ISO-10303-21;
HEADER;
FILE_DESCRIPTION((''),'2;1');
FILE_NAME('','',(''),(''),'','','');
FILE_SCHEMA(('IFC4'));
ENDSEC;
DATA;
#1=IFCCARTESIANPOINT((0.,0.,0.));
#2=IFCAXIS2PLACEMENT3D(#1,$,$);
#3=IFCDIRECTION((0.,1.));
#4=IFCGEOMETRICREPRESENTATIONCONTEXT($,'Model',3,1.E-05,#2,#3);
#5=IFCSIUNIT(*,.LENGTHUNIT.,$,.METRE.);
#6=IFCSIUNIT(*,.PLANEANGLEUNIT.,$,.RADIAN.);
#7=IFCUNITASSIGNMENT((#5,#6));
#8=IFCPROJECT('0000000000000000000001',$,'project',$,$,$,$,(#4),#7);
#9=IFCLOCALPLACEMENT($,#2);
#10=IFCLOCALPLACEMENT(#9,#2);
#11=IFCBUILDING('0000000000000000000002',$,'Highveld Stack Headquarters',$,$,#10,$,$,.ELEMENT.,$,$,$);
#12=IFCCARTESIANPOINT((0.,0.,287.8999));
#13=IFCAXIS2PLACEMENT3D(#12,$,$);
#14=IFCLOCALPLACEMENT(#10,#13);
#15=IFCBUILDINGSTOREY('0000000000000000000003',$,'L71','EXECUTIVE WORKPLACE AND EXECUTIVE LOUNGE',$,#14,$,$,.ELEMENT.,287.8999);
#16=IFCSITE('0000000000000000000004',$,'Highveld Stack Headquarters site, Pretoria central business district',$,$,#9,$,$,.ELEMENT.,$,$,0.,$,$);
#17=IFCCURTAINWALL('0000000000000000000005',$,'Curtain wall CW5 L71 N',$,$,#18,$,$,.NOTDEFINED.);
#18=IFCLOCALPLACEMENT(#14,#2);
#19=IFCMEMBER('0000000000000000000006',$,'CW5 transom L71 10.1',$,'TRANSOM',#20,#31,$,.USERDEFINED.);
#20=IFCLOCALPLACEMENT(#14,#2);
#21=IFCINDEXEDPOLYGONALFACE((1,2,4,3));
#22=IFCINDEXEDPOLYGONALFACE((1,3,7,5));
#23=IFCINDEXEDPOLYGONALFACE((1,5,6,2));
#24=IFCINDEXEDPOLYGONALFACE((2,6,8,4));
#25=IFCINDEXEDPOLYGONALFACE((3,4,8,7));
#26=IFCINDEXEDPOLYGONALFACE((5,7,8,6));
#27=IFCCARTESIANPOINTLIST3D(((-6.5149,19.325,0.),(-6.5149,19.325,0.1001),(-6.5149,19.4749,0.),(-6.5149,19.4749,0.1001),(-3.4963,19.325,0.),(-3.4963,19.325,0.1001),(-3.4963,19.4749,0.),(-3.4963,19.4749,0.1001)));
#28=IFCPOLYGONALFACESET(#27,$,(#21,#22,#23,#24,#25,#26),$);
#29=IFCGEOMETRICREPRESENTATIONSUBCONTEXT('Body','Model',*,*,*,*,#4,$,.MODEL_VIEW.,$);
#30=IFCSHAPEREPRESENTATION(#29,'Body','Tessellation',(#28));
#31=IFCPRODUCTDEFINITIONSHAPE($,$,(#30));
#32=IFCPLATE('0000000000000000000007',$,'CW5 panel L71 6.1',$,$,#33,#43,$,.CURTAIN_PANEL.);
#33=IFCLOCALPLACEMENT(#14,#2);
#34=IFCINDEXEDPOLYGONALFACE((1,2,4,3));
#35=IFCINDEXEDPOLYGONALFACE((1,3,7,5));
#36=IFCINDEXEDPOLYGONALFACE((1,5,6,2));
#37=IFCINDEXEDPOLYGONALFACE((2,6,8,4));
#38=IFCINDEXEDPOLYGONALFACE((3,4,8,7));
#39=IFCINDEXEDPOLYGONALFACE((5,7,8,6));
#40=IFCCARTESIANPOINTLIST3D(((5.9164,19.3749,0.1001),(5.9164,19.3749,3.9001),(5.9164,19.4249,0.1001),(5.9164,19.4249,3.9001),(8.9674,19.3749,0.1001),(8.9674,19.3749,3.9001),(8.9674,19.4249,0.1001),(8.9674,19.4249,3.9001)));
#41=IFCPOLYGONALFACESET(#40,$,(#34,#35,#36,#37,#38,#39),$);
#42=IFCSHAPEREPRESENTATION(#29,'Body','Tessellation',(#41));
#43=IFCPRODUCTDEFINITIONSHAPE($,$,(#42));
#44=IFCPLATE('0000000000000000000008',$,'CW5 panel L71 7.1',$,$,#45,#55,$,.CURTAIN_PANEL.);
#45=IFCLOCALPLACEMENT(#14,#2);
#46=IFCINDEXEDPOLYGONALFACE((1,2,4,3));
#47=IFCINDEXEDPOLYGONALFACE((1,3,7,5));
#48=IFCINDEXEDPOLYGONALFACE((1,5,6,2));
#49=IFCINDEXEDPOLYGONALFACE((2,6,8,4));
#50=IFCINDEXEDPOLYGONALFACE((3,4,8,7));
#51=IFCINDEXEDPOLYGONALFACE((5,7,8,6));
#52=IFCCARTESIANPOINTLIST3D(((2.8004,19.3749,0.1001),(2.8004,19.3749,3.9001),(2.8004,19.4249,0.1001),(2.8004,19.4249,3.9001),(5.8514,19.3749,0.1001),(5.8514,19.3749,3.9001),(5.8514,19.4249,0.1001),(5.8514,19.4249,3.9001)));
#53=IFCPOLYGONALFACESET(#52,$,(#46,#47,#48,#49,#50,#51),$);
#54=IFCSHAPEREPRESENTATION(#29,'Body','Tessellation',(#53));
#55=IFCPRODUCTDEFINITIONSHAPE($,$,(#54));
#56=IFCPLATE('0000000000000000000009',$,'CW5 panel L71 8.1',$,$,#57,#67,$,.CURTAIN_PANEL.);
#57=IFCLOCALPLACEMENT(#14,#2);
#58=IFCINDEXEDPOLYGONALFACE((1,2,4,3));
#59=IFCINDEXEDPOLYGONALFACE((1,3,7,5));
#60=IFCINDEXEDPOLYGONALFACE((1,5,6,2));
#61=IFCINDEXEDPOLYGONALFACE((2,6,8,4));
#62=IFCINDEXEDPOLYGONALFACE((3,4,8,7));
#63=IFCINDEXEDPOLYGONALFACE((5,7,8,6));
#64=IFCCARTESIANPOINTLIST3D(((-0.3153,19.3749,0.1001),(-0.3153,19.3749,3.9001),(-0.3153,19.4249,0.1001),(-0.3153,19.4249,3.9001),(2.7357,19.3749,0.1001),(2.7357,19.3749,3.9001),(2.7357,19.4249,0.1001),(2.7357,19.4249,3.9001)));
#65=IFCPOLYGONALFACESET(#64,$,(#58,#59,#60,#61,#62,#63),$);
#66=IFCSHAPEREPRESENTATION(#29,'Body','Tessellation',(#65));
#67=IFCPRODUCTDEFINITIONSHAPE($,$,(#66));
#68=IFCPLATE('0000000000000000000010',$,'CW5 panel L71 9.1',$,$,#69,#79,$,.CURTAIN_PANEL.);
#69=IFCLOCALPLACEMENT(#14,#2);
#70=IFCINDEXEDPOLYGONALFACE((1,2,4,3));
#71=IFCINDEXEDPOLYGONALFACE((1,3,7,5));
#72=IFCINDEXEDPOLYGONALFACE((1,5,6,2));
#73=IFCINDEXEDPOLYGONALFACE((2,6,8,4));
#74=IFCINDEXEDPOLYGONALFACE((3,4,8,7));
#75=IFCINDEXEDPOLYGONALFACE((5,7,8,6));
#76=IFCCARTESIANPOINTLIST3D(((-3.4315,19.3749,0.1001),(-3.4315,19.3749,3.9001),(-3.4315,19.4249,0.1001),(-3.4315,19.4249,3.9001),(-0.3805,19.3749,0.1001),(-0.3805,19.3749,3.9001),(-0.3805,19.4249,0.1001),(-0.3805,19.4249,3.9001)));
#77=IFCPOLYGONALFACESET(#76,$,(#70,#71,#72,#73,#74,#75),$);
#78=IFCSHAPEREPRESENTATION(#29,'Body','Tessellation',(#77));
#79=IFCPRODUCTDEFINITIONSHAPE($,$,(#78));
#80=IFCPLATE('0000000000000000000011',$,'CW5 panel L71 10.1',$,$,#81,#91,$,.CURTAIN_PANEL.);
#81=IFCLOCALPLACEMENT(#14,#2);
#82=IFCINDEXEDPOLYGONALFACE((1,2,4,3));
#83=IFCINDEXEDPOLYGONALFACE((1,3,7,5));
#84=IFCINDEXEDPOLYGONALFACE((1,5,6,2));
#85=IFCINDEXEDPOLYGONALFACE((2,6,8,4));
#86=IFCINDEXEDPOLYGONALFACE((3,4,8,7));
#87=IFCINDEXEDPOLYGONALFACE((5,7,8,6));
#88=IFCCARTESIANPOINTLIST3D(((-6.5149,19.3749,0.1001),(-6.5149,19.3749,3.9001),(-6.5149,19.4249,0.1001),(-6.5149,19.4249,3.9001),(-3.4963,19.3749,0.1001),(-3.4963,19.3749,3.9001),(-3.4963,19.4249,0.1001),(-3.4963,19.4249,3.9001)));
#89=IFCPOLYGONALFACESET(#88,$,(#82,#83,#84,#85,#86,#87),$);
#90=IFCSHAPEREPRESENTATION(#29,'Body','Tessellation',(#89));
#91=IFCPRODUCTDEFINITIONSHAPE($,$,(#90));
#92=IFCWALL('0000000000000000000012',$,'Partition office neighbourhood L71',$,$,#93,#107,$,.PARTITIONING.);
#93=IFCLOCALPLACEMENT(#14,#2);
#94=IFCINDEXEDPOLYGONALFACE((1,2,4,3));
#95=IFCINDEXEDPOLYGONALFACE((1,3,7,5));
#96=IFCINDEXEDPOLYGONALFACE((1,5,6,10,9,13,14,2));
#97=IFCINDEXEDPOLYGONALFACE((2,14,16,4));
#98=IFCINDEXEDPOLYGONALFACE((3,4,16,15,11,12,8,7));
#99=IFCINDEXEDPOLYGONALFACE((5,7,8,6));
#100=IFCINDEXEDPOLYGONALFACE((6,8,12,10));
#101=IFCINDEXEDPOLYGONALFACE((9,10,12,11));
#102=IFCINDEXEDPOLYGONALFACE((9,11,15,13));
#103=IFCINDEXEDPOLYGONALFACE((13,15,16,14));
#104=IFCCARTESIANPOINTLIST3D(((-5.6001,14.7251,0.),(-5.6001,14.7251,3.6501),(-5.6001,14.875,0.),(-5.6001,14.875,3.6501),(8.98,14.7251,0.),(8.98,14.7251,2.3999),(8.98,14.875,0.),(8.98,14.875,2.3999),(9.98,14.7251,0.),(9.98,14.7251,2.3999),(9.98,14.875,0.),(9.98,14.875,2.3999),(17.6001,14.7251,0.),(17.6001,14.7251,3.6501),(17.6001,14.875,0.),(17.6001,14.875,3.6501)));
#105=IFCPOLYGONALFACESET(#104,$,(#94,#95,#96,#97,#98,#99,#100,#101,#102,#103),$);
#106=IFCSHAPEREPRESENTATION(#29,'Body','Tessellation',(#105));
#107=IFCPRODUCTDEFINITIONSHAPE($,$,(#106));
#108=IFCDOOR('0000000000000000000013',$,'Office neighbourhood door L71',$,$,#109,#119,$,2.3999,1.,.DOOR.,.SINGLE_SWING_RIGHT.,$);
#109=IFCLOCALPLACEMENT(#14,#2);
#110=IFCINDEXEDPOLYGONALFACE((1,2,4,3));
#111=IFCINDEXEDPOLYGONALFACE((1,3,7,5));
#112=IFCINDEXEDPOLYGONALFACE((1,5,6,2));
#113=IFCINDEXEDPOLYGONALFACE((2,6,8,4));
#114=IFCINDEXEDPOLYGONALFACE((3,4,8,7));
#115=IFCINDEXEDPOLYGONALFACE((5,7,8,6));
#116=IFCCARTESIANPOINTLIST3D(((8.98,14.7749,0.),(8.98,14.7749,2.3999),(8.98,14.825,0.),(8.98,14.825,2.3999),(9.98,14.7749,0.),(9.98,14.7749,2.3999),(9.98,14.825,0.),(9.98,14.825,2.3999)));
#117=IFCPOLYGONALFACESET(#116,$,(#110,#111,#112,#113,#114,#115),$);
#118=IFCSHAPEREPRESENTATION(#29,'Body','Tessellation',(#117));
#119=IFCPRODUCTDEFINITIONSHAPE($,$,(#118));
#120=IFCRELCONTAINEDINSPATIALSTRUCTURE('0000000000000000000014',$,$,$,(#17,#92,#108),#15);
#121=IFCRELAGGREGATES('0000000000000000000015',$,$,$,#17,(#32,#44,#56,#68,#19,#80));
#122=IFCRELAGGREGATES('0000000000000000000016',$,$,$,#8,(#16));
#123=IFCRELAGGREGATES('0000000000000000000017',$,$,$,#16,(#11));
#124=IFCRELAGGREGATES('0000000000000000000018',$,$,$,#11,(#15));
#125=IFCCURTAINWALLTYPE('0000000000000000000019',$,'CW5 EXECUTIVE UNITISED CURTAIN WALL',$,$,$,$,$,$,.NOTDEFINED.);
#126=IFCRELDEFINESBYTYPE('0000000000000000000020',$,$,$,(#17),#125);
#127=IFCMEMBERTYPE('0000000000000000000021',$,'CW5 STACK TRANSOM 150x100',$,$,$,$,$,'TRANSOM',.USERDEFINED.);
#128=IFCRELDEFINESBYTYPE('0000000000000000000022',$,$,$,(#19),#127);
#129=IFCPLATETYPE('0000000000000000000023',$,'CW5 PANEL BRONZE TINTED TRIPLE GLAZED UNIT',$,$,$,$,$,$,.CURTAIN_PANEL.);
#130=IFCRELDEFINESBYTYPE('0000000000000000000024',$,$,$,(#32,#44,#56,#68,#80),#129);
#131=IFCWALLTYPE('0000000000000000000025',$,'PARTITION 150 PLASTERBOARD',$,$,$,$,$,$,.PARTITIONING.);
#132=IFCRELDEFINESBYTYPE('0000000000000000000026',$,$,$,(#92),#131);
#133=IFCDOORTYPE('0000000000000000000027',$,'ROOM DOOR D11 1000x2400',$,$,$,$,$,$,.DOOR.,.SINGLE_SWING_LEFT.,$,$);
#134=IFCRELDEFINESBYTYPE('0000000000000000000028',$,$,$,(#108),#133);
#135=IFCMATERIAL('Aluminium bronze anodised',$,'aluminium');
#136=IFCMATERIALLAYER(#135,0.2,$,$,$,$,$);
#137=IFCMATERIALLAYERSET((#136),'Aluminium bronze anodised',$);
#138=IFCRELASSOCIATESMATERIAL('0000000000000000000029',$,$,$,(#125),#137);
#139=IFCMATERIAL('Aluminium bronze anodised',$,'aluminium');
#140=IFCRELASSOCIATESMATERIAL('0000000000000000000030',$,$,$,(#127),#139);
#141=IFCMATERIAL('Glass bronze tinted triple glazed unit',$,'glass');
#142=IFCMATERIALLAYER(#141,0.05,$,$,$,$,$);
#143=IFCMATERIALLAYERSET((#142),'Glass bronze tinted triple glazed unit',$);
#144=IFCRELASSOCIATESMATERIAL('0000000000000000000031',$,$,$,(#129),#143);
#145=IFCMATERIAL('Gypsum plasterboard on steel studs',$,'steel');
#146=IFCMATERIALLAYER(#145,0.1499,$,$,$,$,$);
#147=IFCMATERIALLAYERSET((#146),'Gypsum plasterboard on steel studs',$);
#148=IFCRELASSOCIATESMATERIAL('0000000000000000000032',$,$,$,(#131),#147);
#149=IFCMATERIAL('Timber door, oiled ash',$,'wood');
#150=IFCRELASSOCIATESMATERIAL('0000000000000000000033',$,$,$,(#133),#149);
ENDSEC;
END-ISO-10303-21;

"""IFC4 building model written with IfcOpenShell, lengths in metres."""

from ifc_helpers import new_model, si_unit, direction, frame, frame_2d, origin, origin_2d, place, context, subcontext, project, spatial, rectangle, extrude, material, layer, layer_set, material_profile, profile_set, type_object, element, fill, aggregate, save


model = new_model("IFC4")

# Units and contexts
model_context = context("Model", 3, precision=1e-05, world=origin(), true_north=direction((0.0, 1.0)))
body_context = subcontext(model_context, "Body", "Model", "MODEL_VIEW")
ifc_project = project(units=[si_unit("LENGTHUNIT", "METRE"), si_unit("PLANEANGLEUNIT", "RADIAN")], contexts=[model_context])

# Site, building, storey
site_placement = place(None, origin())
site = spatial("IfcSite", under=ifc_project, at=site_placement, Name="Highveld Stack Headquarters site, Pretoria central business district", CompositionType="ELEMENT", RefElevation=0.0)
building_placement = place(site_placement, origin())
building = spatial("IfcBuilding", under=site, at=building_placement, Name="Highveld Stack Headquarters", CompositionType="ELEMENT")
storey_placement = place(building_placement, frame((0.0, 0.0, 287.8999)))
storey = spatial("IfcBuildingStorey", under=building, at=storey_placement, Name="L71", Description="EXECUTIVE WORKPLACE AND EXECUTIVE LOUNGE", CompositionType="ELEMENT", Elevation=287.8999)

# Curtain wall, member, plates
ifc_material_1 = material(Name="Aluminium bronze anodised", Category="aluminium")
ifc_layer_1 = layer(ifc_material_1, 0.2)
ifc_layer_set_1 = layer_set([ifc_layer_1], Name="Aluminium bronze anodised")
curtain_wall_type = type_object("IfcCurtainWallType", Name="CW5 EXECUTIVE UNITISED CURTAIN WALL", PredefinedType="NOTDEFINED", material=ifc_layer_set_1)
curtain_wall_placement = place(storey_placement, origin())
curtain_wall = element("IfcCurtainWall", 1, at=curtain_wall_placement, inside=storey, type_object=curtain_wall_type, Name="Curtain wall CW5 L71 N", PredefinedType="NOTDEFINED")
ifc_material_2 = material(Name="Aluminium bronze anodised", Category="aluminium")
ifc_material_profile_1 = material_profile(ifc_material_2, rectangle(XDim=0.1499, YDim=0.1001, at=origin_2d()), Name="CW5 TRANSOM 150x100")
ifc_profile_set_1 = profile_set([ifc_material_profile_1], Name="Aluminium bronze anodised")
member_type_1 = type_object("IfcMemberType", Name="CW5 STACK TRANSOM 150x100", ElementType="TRANSOM", PredefinedType="USERDEFINED", material=ifc_profile_set_1)
member_1_placement = place(storey_placement, frame((-3.4963, 19.3999, 0.05), z_axis=(-1.0, 0.0, 0.0), x_axis=(0.0, -1.0, 0.0)))
member_1 = element("IfcMember", 2, at=member_1_placement, type_object=member_type_1, Name="CW5 transom L71 10.1", ObjectType="TRANSOM", PredefinedType="USERDEFINED", context=body_context, shape_type="SweptSolid", body=[
    extrude(rectangle(XDim=0.1499, YDim=0.1001, at=origin_2d()), origin(), (0.0, 0.0, 1.0), 3.0186),
])
ifc_material_3 = material(Name="Glass bronze tinted triple glazed unit", Category="glass")
ifc_layer_2 = layer(ifc_material_3, 0.05)
ifc_layer_set_2 = layer_set([ifc_layer_2], Name="Glass bronze tinted triple glazed unit")
plate_type = type_object("IfcPlateType", Name="CW5 PANEL BRONZE TINTED TRIPLE GLAZED UNIT", PredefinedType="CURTAIN_PANEL", material=ifc_layer_set_2)
plate_1_placement = place(storey_placement, frame((7.4419, 19.3999, 0.1001), z_axis=(0.0, 0.0, 1.0), x_axis=(-1.0, 0.0, 0.0)))
plate_1 = element("IfcPlate", 3, at=plate_1_placement, type_object=plate_type, Name="CW5 panel L71 6.1", PredefinedType="CURTAIN_PANEL", context=body_context, shape_type="SweptSolid", body=[
    extrude(rectangle(XDim=3.051, YDim=0.05, at=origin_2d()), origin(), (0.0, 0.0, 1.0), 3.8),
])
plate_2_placement = place(storey_placement, frame((4.3259, 19.3999, 0.1001), z_axis=(0.0, 0.0, 1.0), x_axis=(-1.0, 0.0, 0.0)))
plate_2 = element("IfcPlate", 4, at=plate_2_placement, type_object=plate_type, Name="CW5 panel L71 7.1", PredefinedType="CURTAIN_PANEL", context=body_context, shape_type="SweptSolid", body=[
    extrude(rectangle(XDim=3.051, YDim=0.05, at=origin_2d()), origin(), (0.0, 0.0, 1.0), 3.8),
])
plate_3_placement = place(storey_placement, frame((1.2102, 19.3999, 0.1001), z_axis=(0.0, 0.0, 1.0), x_axis=(-1.0, 0.0, 0.0)))
plate_3 = element("IfcPlate", 5, at=plate_3_placement, type_object=plate_type, Name="CW5 panel L71 8.1", PredefinedType="CURTAIN_PANEL", context=body_context, shape_type="SweptSolid", body=[
    extrude(rectangle(XDim=3.051, YDim=0.05, at=origin_2d()), origin(), (0.0, 0.0, 1.0), 3.8),
])
plate_4_placement = place(storey_placement, frame((-1.906, 19.3999, 0.1001), z_axis=(0.0, 0.0, 1.0), x_axis=(-1.0, 0.0, 0.0)))
plate_4 = element("IfcPlate", 6, at=plate_4_placement, type_object=plate_type, Name="CW5 panel L71 9.1", PredefinedType="CURTAIN_PANEL", context=body_context, shape_type="SweptSolid", body=[
    extrude(rectangle(XDim=3.051, YDim=0.05, at=origin_2d()), origin(), (0.0, 0.0, 1.0), 3.8),
])
plate_5_placement = place(storey_placement, frame((-5.0056, 19.3999, 0.1001), z_axis=(0.0, 0.0, 1.0), x_axis=(-1.0, 0.0, 0.0)))
plate_5 = element("IfcPlate", 7, at=plate_5_placement, type_object=plate_type, Name="CW5 panel L71 10.1", PredefinedType="CURTAIN_PANEL", context=body_context, shape_type="SweptSolid", body=[
    extrude(rectangle(XDim=3.0186, YDim=0.05, at=origin_2d()), origin(), (0.0, 0.0, 1.0), 3.8),
])
aggregate(curtain_wall, [plate_1, plate_2, plate_3, plate_4, member_1, plate_5])

# Wall, opening, door
ifc_material_4 = material(Name="Gypsum plasterboard on steel studs", Category="steel")
ifc_layer_3 = layer(ifc_material_4, 0.1499)
ifc_layer_set_3 = layer_set([ifc_layer_3], Name="Gypsum plasterboard on steel studs")
wall_type = type_object("IfcWallType", Name="PARTITION 150 PLASTERBOARD", PredefinedType="PARTITIONING", material=ifc_layer_set_3)
wall_placement = place(storey_placement, frame((-5.6001, 14.8, 0.0), z_axis=(0.0, 0.0, 1.0), x_axis=(1.0, 0.0, 0.0)))
wall = element("IfcWall", 8, at=wall_placement, inside=storey, type_object=wall_type, Name="Partition office neighbourhood L71", PredefinedType="PARTITIONING", context=body_context, shape_type="SweptSolid", body=[
    extrude(rectangle(XDim=23.2002, YDim=0.1499, at=frame_2d((11.6001, 0.0))), origin(), (0.0, 0.0, 1.0), 3.6501),
])
opening_placement = place(wall_placement, frame((14.5801, 0.0, 0.0)))
opening = element("IfcOpeningElement", 9, at=opening_placement, cuts=wall, PredefinedType="OPENING", context=body_context, shape_type="SweptSolid", body=[
    extrude(rectangle(XDim=1.0, YDim=2.3999, at=frame_2d((0.5, 1.2))), frame((0.0, 0.085, 0.0), z_axis=(0.0, -1.0, 0.0), x_axis=(1.0, 0.0, 0.0)), (0.0, 0.0, 1.0), 0.1699),
])
ifc_material_5 = material(Name="Timber door, oiled ash", Category="wood")
door_type = type_object("IfcDoorType", Name="ROOM DOOR D11 1000x2400", OperationType="SINGLE_SWING_LEFT", PredefinedType="DOOR", material=ifc_material_5)
door_placement = place(opening_placement, origin())
door = element("IfcDoor", 10, at=door_placement, inside=storey, type_object=door_type, Name="Office neighbourhood door L71", OperationType="SINGLE_SWING_RIGHT", OverallHeight=2.3999, OverallWidth=1.0, PredefinedType="DOOR", context=body_context, shape_type="SweptSolid", body=[
    extrude(rectangle(XDim=1.0, YDim=2.3999, at=frame_2d((0.5, 1.2))), frame((0.0, 0.0249, 0.0), z_axis=(0.0, -1.0, 0.0), x_axis=(1.0, 0.0, 0.0)), (0.0, 0.0, 1.0), 0.05),
])
fill(opening, door)

save(model, "model.ifc")
